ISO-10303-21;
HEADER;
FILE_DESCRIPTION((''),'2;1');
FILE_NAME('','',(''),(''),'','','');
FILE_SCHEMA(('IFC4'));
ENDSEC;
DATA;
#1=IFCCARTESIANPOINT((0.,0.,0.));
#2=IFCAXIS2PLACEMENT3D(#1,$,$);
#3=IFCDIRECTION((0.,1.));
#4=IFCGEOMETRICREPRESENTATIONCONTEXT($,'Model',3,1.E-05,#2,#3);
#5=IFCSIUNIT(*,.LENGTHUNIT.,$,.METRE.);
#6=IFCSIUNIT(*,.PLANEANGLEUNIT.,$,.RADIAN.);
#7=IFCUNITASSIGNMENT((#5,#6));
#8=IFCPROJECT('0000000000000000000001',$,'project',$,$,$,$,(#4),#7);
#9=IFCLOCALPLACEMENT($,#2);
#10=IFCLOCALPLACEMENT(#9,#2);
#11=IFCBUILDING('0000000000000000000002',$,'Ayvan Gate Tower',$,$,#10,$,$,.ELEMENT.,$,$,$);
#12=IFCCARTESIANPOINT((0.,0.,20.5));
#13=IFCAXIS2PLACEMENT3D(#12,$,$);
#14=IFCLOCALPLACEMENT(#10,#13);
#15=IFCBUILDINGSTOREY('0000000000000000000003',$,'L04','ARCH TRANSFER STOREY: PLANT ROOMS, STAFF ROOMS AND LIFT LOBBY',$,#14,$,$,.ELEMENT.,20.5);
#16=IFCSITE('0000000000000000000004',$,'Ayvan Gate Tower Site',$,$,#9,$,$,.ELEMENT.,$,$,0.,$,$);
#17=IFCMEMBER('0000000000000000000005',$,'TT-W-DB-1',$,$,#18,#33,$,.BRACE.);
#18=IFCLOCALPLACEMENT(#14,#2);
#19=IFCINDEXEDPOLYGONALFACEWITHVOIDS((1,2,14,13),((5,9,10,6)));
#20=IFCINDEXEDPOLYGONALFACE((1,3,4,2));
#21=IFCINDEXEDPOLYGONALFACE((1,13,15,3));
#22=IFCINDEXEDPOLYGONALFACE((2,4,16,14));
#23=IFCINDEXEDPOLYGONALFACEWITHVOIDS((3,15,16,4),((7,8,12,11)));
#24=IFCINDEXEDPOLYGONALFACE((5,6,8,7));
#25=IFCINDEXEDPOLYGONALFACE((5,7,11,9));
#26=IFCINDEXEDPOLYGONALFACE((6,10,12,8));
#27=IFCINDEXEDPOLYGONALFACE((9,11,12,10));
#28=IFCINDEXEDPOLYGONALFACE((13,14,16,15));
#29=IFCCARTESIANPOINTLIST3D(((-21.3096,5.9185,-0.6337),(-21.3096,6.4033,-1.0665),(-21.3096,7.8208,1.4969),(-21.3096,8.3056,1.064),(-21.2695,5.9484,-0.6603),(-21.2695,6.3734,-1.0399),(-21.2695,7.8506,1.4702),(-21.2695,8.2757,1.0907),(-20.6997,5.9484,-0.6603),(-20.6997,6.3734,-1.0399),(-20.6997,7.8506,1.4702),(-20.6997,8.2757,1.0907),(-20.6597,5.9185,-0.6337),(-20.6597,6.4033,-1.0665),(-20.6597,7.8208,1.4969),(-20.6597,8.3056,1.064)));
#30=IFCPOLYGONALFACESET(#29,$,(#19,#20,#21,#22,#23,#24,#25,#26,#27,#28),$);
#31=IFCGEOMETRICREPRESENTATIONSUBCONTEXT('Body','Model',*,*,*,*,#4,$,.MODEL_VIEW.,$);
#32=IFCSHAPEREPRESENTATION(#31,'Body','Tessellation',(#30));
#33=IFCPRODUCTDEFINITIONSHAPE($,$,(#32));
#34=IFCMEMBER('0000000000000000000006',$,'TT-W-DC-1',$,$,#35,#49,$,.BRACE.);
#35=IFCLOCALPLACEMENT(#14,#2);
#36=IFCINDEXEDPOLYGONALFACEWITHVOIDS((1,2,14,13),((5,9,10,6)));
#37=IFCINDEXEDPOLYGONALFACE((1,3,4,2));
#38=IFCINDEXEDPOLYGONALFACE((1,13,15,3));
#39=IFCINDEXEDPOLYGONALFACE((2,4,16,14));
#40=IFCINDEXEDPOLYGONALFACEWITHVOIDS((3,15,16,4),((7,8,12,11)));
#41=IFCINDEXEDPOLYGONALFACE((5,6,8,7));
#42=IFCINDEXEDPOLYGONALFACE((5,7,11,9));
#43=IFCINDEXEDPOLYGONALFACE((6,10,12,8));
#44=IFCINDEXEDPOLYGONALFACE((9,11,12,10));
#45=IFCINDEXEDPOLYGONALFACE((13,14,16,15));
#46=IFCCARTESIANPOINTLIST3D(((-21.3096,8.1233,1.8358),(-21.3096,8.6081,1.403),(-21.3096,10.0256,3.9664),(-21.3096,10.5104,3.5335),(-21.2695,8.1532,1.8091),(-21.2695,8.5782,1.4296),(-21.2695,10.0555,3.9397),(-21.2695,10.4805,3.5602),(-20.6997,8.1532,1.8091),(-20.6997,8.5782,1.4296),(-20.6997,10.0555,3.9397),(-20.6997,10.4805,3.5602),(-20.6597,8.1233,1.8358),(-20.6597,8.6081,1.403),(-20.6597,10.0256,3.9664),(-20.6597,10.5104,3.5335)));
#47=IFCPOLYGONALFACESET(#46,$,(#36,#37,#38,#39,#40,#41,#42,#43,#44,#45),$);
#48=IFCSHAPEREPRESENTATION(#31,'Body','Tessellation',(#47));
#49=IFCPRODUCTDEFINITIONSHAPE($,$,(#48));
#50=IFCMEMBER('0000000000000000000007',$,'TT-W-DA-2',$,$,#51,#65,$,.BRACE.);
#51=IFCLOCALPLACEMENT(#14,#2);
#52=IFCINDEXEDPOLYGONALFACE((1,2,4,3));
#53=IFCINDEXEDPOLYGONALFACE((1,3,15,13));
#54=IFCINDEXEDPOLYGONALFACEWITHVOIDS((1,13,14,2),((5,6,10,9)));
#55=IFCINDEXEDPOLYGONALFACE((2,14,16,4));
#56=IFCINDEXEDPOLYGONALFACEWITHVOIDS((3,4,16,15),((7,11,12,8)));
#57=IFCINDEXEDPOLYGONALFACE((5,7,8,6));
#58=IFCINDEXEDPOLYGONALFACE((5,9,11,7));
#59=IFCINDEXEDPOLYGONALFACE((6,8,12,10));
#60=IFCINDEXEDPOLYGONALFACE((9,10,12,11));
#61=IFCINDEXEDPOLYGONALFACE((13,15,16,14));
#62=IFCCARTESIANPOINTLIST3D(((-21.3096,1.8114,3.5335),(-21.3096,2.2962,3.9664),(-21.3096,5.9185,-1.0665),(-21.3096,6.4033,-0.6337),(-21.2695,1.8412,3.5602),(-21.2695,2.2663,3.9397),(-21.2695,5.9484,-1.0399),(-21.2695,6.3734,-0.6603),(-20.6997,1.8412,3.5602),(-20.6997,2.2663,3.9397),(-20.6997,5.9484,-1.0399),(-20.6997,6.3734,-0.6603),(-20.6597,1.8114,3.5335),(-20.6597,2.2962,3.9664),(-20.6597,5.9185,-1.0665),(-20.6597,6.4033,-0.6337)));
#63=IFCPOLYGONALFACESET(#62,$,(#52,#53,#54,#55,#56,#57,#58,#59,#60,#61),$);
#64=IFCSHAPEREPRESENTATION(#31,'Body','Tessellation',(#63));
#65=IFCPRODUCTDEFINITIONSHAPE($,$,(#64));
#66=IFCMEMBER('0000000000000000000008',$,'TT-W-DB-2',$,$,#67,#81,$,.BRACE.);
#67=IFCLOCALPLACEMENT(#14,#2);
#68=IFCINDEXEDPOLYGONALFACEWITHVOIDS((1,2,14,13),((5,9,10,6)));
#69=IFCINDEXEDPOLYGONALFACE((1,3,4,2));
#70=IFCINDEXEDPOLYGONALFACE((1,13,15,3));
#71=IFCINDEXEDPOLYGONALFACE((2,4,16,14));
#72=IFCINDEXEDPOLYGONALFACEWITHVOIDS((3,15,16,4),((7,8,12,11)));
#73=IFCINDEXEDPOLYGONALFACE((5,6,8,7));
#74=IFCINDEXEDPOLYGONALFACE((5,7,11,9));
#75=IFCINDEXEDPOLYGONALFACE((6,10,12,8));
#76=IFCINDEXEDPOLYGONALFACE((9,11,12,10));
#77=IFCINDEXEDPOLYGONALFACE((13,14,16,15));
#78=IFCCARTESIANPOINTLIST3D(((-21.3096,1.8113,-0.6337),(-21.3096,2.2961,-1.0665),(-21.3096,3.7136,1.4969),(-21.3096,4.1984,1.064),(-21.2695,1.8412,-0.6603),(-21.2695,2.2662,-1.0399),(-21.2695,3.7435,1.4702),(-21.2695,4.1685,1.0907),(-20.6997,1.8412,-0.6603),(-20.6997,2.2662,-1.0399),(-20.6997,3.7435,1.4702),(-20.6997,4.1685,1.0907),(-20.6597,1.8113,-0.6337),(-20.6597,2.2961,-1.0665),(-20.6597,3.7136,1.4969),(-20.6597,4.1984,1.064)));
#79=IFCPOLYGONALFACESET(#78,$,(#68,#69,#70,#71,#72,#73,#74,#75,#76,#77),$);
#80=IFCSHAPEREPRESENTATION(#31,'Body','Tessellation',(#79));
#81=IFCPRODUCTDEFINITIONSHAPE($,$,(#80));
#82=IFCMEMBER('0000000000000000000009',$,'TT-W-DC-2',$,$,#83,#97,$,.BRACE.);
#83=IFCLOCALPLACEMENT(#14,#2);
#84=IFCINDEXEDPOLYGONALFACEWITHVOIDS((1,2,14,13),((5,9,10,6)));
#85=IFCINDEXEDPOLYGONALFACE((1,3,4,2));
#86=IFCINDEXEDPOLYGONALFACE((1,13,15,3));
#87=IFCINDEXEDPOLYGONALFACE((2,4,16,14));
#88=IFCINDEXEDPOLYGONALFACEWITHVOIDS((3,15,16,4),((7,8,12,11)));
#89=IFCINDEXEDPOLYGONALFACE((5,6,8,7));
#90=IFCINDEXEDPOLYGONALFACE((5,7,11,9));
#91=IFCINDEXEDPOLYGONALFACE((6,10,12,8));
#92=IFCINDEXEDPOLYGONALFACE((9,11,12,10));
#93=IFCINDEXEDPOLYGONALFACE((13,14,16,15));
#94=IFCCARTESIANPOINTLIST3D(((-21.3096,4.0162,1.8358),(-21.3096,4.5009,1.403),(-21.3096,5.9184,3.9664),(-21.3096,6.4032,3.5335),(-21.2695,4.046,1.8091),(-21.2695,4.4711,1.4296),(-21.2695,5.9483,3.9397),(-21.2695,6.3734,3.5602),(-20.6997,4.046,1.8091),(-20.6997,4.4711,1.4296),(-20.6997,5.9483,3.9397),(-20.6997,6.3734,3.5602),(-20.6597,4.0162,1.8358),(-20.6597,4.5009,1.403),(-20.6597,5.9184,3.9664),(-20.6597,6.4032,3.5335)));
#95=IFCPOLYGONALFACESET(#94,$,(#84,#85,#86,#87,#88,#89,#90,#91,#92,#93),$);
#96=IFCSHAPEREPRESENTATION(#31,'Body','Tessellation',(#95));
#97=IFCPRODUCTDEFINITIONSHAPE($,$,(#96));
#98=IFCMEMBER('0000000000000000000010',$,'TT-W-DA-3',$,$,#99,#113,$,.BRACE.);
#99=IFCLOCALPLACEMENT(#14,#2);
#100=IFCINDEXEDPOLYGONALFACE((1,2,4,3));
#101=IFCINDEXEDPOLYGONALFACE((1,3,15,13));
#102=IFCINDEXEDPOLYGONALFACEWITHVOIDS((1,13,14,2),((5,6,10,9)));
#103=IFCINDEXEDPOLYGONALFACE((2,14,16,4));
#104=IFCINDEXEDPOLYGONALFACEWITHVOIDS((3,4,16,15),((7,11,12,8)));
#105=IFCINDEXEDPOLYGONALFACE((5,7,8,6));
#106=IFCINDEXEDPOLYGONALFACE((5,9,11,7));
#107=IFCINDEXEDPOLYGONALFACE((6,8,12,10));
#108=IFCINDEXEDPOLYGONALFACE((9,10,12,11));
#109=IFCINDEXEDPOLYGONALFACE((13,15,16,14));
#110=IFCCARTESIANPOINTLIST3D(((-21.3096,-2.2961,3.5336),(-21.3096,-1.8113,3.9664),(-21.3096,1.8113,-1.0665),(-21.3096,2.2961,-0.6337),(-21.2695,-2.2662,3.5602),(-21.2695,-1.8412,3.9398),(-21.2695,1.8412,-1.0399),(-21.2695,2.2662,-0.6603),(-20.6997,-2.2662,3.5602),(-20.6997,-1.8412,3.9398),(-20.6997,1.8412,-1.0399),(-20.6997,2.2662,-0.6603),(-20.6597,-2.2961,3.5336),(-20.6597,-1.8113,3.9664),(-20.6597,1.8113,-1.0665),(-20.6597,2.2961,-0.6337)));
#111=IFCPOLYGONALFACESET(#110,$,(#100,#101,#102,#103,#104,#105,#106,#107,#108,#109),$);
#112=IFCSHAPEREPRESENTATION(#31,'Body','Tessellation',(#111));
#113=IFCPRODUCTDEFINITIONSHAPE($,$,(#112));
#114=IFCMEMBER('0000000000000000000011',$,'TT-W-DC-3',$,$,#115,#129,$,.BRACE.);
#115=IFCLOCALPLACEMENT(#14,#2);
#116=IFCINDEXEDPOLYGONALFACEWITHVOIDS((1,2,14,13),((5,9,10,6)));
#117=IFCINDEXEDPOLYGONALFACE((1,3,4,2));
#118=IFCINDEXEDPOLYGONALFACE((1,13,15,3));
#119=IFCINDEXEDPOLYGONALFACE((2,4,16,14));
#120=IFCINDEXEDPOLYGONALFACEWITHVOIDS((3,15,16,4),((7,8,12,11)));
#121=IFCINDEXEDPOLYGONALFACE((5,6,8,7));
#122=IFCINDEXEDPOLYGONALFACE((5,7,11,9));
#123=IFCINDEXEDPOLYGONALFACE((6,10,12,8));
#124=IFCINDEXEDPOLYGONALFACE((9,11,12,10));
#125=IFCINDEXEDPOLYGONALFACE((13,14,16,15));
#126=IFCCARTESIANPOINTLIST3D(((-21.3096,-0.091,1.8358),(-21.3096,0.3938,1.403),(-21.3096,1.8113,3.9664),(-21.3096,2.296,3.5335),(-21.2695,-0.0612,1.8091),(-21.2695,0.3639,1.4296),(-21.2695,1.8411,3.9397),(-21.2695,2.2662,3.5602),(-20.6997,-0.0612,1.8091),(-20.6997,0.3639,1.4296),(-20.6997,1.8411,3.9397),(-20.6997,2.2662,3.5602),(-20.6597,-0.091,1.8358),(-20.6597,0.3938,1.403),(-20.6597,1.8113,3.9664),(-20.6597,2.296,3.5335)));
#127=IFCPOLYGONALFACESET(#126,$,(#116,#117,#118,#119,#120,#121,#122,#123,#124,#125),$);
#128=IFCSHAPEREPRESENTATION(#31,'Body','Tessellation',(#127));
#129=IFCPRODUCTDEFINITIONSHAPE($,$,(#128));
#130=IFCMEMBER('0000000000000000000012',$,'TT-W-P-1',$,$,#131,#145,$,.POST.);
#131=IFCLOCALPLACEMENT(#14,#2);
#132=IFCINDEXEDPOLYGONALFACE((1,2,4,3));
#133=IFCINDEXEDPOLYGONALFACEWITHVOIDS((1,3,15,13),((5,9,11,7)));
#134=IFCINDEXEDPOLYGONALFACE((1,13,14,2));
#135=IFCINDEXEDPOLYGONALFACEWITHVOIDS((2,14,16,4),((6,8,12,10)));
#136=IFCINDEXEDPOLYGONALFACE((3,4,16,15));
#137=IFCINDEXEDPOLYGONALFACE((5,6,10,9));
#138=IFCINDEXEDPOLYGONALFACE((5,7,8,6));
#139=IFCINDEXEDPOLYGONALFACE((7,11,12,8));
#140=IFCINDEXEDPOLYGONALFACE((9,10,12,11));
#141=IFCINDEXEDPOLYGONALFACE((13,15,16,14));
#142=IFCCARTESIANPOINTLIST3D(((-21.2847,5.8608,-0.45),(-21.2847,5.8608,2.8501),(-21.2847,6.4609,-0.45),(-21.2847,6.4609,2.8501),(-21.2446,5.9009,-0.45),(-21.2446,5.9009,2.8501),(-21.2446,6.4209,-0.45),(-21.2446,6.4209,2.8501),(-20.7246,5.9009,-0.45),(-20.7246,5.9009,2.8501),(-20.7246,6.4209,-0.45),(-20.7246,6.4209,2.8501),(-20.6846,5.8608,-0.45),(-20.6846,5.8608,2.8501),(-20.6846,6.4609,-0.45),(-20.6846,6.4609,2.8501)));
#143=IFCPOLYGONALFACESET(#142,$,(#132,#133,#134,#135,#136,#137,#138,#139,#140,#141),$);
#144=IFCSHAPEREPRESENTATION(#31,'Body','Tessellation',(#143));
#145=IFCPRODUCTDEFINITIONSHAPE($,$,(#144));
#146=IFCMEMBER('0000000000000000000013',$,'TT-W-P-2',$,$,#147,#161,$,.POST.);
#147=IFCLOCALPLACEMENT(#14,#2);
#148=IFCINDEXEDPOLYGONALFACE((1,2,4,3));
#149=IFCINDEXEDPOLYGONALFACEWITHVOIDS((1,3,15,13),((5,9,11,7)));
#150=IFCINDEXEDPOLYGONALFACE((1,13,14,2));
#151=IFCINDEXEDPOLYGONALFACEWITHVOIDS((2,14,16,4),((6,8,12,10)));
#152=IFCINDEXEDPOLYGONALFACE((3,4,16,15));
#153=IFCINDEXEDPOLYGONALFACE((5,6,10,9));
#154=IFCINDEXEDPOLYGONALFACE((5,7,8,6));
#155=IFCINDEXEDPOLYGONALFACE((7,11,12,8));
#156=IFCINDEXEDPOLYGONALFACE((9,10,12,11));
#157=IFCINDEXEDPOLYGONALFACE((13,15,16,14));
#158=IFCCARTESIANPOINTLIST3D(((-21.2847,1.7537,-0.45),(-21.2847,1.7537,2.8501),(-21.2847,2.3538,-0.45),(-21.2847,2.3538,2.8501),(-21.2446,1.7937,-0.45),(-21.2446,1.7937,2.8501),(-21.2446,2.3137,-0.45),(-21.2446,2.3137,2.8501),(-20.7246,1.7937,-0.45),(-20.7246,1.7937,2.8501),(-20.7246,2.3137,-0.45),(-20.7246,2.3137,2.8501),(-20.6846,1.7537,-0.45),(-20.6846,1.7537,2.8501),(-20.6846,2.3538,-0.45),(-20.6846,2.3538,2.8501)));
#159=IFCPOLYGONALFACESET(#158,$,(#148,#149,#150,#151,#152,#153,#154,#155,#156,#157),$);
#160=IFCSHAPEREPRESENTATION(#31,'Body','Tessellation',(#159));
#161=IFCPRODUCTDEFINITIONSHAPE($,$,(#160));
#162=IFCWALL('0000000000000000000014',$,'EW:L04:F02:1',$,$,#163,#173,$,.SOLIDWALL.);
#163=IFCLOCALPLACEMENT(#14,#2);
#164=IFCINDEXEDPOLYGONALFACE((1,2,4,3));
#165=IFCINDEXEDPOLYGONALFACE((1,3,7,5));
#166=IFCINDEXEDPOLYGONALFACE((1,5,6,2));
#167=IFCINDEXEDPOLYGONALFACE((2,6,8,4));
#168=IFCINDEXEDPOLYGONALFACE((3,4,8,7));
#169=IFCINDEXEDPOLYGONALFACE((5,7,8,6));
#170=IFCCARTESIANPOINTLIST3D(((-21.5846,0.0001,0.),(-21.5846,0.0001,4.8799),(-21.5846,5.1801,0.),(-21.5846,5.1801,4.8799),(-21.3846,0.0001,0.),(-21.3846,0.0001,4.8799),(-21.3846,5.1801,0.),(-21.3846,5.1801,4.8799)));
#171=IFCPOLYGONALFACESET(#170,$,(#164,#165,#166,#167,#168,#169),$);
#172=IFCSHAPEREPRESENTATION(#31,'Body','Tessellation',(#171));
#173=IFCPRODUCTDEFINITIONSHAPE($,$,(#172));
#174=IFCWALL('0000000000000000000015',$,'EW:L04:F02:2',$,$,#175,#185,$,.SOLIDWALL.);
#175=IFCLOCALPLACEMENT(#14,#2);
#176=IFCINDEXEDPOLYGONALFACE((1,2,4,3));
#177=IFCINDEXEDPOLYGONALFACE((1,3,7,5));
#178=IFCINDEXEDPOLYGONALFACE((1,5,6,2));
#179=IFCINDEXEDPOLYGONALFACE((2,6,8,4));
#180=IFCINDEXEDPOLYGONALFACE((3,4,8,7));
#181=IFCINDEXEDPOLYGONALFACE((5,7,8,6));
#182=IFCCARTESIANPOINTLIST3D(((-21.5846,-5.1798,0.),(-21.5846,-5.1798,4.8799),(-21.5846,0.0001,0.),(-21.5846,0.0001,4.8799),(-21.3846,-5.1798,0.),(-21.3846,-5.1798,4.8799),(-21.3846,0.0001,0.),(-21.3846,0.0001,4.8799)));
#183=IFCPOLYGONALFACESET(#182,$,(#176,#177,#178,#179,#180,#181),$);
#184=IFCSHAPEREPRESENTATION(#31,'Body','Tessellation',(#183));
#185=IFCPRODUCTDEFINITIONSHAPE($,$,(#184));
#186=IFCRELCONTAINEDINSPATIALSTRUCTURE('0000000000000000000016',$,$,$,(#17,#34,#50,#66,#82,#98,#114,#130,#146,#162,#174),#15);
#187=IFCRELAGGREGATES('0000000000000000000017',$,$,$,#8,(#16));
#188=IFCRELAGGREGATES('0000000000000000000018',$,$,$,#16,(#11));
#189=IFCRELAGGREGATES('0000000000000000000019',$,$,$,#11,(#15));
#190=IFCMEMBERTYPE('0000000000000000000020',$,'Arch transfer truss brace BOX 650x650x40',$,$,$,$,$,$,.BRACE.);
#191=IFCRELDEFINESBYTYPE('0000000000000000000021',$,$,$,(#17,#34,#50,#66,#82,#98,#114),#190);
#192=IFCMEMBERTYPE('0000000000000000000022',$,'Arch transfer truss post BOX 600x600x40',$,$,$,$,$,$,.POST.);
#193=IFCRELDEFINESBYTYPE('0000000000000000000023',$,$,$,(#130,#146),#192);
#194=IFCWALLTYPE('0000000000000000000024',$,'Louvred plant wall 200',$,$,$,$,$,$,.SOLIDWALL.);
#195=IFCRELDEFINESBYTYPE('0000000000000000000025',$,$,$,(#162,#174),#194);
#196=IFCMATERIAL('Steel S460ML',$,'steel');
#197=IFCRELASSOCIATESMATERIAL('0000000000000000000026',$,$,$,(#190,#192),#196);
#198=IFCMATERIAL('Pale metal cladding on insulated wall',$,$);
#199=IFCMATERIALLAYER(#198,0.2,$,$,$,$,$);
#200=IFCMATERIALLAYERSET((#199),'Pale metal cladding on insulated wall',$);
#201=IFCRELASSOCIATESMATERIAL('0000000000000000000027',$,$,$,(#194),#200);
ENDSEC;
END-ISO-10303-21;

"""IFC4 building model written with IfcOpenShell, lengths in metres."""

from ifc_helpers import new_model, si_unit, direction, frame, frame_2d, origin, origin_2d, place, context, subcontext, project, spatial, rectangle, hollow_rectangle, extrude, material, layer, layer_set, material_profile, profile_set, type_object, element, save


model = new_model("IFC4")

# Units and contexts
model_context = context("Model", 3, precision=1e-05, world=origin(), true_north=direction((0.0, 1.0)))
body_context = subcontext(model_context, "Body", "Model", "MODEL_VIEW")
ifc_project = project(units=[si_unit("LENGTHUNIT", "METRE"), si_unit("PLANEANGLEUNIT", "RADIAN")], contexts=[model_context])

# Site, building, storey
site_placement = place(None, origin())
site = spatial("IfcSite", under=ifc_project, at=site_placement, Name="Ayvan Gate Tower Site", CompositionType="ELEMENT", RefElevation=0.0)
building_placement = place(site_placement, origin())
building = spatial("IfcBuilding", under=site, at=building_placement, Name="Ayvan Gate Tower", CompositionType="ELEMENT")
storey_placement = place(building_placement, frame((0.0, 0.0, 20.5)))
storey = spatial("IfcBuildingStorey", under=building, at=storey_placement, Name="L04", Description="ARCH TRANSFER STOREY: PLANT ROOMS, STAFF ROOMS AND LIFT LOBBY", CompositionType="ELEMENT", Elevation=20.5)

# Members
ifc_material_1 = material(Name="Steel S460ML", Category="steel")
ifc_material_profile_1 = material_profile(ifc_material_1, hollow_rectangle(XDim=0.6499, YDim=0.6499, WallThickness=0.04, at=origin_2d()), Name="BOX 650x650x40")
ifc_profile_set_1 = profile_set([ifc_material_profile_1], Name="Steel S460ML")
member_type_1 = type_object("IfcMemberType", Name="Arch transfer truss brace BOX 650x650x40", PredefinedType="BRACE", material=ifc_profile_set_1)
for number, where, z_axis, x_axis, name in (
    (1, (-20.9846, 6.1609, -0.8501), (0.0, 0.666017, 0.745936), (-1.0, 0.0, 0.0), "TT-W-DB-1"),
    (2, (-20.9846, 8.3657, 1.6194), (0.0, 0.666017, 0.745936), (-1.0, 0.0, 0.0), "TT-W-DC-1"),
):
    element("IfcMember", number, at=place(storey_placement, frame(where, z_axis=z_axis, x_axis=x_axis)), inside=storey, type_object=member_type_1, Name=name, PredefinedType="BRACE", context=body_context, shape_type="SweptSolid", body=[
        extrude(hollow_rectangle(XDim=0.6499, YDim=0.6499, WallThickness=0.04, at=origin_2d()), origin(), (0.0, 0.0, 1.0), 2.8562),
    ])
member_1_placement = place(storey_placement, frame((-20.9846, 6.1609, -0.8501), z_axis=(0.0, -0.666011, 0.745942), x_axis=(1.0, 0.0, 0.0)))
element("IfcMember", 3, at=member_1_placement, inside=storey, type_object=member_type_1, Name="TT-W-DA-2", PredefinedType="BRACE", context=body_context, shape_type="SweptSolid", body=[
    extrude(hollow_rectangle(XDim=0.6499, YDim=0.6499, WallThickness=0.04, at=origin_2d()), origin(), (0.0, 0.0, 1.0), 6.1667),
])
for number, where, z_axis, x_axis, name in (
    (4, (-20.9846, 2.0537, -0.8501), (0.0, 0.666017, 0.745936), (-1.0, 0.0, 0.0), "TT-W-DB-2"),
    (5, (-20.9846, 4.2585, 1.6194), (0.0, 0.666017, 0.745936), (-1.0, 0.0, 0.0), "TT-W-DC-2"),
):
    element("IfcMember", number, at=place(storey_placement, frame(where, z_axis=z_axis, x_axis=x_axis)), inside=storey, type_object=member_type_1, Name=name, PredefinedType="BRACE", context=body_context, shape_type="SweptSolid", body=[
        extrude(hollow_rectangle(XDim=0.6499, YDim=0.6499, WallThickness=0.04, at=origin_2d()), origin(), (0.0, 0.0, 1.0), 2.8562),
    ])
member_2_placement = place(storey_placement, frame((-20.9846, 2.0537, -0.8501), z_axis=(0.0, -0.666033, 0.745922), x_axis=(1.0, 0.0, 0.0)))
element("IfcMember", 6, at=member_2_placement, inside=storey, type_object=member_type_1, Name="TT-W-DA-3", PredefinedType="BRACE", context=body_context, shape_type="SweptSolid", body=[
    extrude(hollow_rectangle(XDim=0.6499, YDim=0.6499, WallThickness=0.04, at=origin_2d()), origin(), (0.0, 0.0, 1.0), 6.167),
])
member_3_placement = place(storey_placement, frame((-20.9846, 0.1514, 1.6194), z_axis=(0.0, 0.666017, 0.745936), x_axis=(-1.0, 0.0, 0.0)))
element("IfcMember", 7, at=member_3_placement, inside=storey, type_object=member_type_1, Name="TT-W-DC-3", PredefinedType="BRACE", context=body_context, shape_type="SweptSolid", body=[
    extrude(hollow_rectangle(XDim=0.6499, YDim=0.6499, WallThickness=0.04, at=origin_2d()), origin(), (0.0, 0.0, 1.0), 2.8562),
])
ifc_material_profile_2 = material_profile(ifc_material_1, hollow_rectangle(XDim=0.6001, YDim=0.6001, WallThickness=0.04, at=origin_2d()), Name="BOX 600x600x40")
ifc_profile_set_2 = profile_set([ifc_material_profile_2], Name="Steel S460ML")
member_type_2 = type_object("IfcMemberType", Name="Arch transfer truss post BOX 600x600x40", PredefinedType="POST", material=ifc_profile_set_2)
for number, where, z_axis, x_axis, name in (
    (8, (-20.9846, 6.1609, -0.45), (0.0, 0.0, 1.0), (1.0, 0.0, 0.0), "TT-W-P-1"),
    (9, (-20.9846, 2.0537, -0.45), (0.0, 0.0, 1.0), (1.0, 0.0, 0.0), "TT-W-P-2"),
):
    element("IfcMember", number, at=place(storey_placement, frame(where, z_axis=z_axis, x_axis=x_axis)), inside=storey, type_object=member_type_2, Name=name, PredefinedType="POST", context=body_context, shape_type="SweptSolid", body=[
        extrude(hollow_rectangle(XDim=0.6001, YDim=0.6001, WallThickness=0.04, at=origin_2d()), origin(), (0.0, 0.0, 1.0), 3.3),
    ])

# Walls
ifc_material_2 = material(Name="Pale metal cladding on insulated wall")
ifc_layer_1 = layer(ifc_material_2, 0.2)
ifc_layer_set_1 = layer_set([ifc_layer_1], Name="Pale metal cladding on insulated wall")
wall_type_1 = type_object("IfcWallType", Name="Louvred plant wall 200", PredefinedType="SOLIDWALL", material=ifc_layer_set_1)
for number, where, z_axis, x_axis, name in (
    (10, (-21.4846, 5.1799, 0.0), (0.0, 0.0, 1.0), (0.0, -1.0, 0.0), "EW:L04:F02:1"),
    (11, (-21.4846, 0.0, 0.0), (0.0, 0.0, 1.0), (0.0, -1.0, 0.0), "EW:L04:F02:2"),
):
    element("IfcWall", number, at=place(storey_placement, frame(where, z_axis=z_axis, x_axis=x_axis)), inside=storey, type_object=wall_type_1, Name=name, PredefinedType="SOLIDWALL", context=body_context, shape_type="SweptSolid", body=[
        extrude(rectangle(XDim=5.1799, YDim=0.2, at=frame_2d((2.5898, 0.0))), origin(), (0.0, 0.0, 1.0), 4.8799),
    ])

save(model, "model.ifc")
